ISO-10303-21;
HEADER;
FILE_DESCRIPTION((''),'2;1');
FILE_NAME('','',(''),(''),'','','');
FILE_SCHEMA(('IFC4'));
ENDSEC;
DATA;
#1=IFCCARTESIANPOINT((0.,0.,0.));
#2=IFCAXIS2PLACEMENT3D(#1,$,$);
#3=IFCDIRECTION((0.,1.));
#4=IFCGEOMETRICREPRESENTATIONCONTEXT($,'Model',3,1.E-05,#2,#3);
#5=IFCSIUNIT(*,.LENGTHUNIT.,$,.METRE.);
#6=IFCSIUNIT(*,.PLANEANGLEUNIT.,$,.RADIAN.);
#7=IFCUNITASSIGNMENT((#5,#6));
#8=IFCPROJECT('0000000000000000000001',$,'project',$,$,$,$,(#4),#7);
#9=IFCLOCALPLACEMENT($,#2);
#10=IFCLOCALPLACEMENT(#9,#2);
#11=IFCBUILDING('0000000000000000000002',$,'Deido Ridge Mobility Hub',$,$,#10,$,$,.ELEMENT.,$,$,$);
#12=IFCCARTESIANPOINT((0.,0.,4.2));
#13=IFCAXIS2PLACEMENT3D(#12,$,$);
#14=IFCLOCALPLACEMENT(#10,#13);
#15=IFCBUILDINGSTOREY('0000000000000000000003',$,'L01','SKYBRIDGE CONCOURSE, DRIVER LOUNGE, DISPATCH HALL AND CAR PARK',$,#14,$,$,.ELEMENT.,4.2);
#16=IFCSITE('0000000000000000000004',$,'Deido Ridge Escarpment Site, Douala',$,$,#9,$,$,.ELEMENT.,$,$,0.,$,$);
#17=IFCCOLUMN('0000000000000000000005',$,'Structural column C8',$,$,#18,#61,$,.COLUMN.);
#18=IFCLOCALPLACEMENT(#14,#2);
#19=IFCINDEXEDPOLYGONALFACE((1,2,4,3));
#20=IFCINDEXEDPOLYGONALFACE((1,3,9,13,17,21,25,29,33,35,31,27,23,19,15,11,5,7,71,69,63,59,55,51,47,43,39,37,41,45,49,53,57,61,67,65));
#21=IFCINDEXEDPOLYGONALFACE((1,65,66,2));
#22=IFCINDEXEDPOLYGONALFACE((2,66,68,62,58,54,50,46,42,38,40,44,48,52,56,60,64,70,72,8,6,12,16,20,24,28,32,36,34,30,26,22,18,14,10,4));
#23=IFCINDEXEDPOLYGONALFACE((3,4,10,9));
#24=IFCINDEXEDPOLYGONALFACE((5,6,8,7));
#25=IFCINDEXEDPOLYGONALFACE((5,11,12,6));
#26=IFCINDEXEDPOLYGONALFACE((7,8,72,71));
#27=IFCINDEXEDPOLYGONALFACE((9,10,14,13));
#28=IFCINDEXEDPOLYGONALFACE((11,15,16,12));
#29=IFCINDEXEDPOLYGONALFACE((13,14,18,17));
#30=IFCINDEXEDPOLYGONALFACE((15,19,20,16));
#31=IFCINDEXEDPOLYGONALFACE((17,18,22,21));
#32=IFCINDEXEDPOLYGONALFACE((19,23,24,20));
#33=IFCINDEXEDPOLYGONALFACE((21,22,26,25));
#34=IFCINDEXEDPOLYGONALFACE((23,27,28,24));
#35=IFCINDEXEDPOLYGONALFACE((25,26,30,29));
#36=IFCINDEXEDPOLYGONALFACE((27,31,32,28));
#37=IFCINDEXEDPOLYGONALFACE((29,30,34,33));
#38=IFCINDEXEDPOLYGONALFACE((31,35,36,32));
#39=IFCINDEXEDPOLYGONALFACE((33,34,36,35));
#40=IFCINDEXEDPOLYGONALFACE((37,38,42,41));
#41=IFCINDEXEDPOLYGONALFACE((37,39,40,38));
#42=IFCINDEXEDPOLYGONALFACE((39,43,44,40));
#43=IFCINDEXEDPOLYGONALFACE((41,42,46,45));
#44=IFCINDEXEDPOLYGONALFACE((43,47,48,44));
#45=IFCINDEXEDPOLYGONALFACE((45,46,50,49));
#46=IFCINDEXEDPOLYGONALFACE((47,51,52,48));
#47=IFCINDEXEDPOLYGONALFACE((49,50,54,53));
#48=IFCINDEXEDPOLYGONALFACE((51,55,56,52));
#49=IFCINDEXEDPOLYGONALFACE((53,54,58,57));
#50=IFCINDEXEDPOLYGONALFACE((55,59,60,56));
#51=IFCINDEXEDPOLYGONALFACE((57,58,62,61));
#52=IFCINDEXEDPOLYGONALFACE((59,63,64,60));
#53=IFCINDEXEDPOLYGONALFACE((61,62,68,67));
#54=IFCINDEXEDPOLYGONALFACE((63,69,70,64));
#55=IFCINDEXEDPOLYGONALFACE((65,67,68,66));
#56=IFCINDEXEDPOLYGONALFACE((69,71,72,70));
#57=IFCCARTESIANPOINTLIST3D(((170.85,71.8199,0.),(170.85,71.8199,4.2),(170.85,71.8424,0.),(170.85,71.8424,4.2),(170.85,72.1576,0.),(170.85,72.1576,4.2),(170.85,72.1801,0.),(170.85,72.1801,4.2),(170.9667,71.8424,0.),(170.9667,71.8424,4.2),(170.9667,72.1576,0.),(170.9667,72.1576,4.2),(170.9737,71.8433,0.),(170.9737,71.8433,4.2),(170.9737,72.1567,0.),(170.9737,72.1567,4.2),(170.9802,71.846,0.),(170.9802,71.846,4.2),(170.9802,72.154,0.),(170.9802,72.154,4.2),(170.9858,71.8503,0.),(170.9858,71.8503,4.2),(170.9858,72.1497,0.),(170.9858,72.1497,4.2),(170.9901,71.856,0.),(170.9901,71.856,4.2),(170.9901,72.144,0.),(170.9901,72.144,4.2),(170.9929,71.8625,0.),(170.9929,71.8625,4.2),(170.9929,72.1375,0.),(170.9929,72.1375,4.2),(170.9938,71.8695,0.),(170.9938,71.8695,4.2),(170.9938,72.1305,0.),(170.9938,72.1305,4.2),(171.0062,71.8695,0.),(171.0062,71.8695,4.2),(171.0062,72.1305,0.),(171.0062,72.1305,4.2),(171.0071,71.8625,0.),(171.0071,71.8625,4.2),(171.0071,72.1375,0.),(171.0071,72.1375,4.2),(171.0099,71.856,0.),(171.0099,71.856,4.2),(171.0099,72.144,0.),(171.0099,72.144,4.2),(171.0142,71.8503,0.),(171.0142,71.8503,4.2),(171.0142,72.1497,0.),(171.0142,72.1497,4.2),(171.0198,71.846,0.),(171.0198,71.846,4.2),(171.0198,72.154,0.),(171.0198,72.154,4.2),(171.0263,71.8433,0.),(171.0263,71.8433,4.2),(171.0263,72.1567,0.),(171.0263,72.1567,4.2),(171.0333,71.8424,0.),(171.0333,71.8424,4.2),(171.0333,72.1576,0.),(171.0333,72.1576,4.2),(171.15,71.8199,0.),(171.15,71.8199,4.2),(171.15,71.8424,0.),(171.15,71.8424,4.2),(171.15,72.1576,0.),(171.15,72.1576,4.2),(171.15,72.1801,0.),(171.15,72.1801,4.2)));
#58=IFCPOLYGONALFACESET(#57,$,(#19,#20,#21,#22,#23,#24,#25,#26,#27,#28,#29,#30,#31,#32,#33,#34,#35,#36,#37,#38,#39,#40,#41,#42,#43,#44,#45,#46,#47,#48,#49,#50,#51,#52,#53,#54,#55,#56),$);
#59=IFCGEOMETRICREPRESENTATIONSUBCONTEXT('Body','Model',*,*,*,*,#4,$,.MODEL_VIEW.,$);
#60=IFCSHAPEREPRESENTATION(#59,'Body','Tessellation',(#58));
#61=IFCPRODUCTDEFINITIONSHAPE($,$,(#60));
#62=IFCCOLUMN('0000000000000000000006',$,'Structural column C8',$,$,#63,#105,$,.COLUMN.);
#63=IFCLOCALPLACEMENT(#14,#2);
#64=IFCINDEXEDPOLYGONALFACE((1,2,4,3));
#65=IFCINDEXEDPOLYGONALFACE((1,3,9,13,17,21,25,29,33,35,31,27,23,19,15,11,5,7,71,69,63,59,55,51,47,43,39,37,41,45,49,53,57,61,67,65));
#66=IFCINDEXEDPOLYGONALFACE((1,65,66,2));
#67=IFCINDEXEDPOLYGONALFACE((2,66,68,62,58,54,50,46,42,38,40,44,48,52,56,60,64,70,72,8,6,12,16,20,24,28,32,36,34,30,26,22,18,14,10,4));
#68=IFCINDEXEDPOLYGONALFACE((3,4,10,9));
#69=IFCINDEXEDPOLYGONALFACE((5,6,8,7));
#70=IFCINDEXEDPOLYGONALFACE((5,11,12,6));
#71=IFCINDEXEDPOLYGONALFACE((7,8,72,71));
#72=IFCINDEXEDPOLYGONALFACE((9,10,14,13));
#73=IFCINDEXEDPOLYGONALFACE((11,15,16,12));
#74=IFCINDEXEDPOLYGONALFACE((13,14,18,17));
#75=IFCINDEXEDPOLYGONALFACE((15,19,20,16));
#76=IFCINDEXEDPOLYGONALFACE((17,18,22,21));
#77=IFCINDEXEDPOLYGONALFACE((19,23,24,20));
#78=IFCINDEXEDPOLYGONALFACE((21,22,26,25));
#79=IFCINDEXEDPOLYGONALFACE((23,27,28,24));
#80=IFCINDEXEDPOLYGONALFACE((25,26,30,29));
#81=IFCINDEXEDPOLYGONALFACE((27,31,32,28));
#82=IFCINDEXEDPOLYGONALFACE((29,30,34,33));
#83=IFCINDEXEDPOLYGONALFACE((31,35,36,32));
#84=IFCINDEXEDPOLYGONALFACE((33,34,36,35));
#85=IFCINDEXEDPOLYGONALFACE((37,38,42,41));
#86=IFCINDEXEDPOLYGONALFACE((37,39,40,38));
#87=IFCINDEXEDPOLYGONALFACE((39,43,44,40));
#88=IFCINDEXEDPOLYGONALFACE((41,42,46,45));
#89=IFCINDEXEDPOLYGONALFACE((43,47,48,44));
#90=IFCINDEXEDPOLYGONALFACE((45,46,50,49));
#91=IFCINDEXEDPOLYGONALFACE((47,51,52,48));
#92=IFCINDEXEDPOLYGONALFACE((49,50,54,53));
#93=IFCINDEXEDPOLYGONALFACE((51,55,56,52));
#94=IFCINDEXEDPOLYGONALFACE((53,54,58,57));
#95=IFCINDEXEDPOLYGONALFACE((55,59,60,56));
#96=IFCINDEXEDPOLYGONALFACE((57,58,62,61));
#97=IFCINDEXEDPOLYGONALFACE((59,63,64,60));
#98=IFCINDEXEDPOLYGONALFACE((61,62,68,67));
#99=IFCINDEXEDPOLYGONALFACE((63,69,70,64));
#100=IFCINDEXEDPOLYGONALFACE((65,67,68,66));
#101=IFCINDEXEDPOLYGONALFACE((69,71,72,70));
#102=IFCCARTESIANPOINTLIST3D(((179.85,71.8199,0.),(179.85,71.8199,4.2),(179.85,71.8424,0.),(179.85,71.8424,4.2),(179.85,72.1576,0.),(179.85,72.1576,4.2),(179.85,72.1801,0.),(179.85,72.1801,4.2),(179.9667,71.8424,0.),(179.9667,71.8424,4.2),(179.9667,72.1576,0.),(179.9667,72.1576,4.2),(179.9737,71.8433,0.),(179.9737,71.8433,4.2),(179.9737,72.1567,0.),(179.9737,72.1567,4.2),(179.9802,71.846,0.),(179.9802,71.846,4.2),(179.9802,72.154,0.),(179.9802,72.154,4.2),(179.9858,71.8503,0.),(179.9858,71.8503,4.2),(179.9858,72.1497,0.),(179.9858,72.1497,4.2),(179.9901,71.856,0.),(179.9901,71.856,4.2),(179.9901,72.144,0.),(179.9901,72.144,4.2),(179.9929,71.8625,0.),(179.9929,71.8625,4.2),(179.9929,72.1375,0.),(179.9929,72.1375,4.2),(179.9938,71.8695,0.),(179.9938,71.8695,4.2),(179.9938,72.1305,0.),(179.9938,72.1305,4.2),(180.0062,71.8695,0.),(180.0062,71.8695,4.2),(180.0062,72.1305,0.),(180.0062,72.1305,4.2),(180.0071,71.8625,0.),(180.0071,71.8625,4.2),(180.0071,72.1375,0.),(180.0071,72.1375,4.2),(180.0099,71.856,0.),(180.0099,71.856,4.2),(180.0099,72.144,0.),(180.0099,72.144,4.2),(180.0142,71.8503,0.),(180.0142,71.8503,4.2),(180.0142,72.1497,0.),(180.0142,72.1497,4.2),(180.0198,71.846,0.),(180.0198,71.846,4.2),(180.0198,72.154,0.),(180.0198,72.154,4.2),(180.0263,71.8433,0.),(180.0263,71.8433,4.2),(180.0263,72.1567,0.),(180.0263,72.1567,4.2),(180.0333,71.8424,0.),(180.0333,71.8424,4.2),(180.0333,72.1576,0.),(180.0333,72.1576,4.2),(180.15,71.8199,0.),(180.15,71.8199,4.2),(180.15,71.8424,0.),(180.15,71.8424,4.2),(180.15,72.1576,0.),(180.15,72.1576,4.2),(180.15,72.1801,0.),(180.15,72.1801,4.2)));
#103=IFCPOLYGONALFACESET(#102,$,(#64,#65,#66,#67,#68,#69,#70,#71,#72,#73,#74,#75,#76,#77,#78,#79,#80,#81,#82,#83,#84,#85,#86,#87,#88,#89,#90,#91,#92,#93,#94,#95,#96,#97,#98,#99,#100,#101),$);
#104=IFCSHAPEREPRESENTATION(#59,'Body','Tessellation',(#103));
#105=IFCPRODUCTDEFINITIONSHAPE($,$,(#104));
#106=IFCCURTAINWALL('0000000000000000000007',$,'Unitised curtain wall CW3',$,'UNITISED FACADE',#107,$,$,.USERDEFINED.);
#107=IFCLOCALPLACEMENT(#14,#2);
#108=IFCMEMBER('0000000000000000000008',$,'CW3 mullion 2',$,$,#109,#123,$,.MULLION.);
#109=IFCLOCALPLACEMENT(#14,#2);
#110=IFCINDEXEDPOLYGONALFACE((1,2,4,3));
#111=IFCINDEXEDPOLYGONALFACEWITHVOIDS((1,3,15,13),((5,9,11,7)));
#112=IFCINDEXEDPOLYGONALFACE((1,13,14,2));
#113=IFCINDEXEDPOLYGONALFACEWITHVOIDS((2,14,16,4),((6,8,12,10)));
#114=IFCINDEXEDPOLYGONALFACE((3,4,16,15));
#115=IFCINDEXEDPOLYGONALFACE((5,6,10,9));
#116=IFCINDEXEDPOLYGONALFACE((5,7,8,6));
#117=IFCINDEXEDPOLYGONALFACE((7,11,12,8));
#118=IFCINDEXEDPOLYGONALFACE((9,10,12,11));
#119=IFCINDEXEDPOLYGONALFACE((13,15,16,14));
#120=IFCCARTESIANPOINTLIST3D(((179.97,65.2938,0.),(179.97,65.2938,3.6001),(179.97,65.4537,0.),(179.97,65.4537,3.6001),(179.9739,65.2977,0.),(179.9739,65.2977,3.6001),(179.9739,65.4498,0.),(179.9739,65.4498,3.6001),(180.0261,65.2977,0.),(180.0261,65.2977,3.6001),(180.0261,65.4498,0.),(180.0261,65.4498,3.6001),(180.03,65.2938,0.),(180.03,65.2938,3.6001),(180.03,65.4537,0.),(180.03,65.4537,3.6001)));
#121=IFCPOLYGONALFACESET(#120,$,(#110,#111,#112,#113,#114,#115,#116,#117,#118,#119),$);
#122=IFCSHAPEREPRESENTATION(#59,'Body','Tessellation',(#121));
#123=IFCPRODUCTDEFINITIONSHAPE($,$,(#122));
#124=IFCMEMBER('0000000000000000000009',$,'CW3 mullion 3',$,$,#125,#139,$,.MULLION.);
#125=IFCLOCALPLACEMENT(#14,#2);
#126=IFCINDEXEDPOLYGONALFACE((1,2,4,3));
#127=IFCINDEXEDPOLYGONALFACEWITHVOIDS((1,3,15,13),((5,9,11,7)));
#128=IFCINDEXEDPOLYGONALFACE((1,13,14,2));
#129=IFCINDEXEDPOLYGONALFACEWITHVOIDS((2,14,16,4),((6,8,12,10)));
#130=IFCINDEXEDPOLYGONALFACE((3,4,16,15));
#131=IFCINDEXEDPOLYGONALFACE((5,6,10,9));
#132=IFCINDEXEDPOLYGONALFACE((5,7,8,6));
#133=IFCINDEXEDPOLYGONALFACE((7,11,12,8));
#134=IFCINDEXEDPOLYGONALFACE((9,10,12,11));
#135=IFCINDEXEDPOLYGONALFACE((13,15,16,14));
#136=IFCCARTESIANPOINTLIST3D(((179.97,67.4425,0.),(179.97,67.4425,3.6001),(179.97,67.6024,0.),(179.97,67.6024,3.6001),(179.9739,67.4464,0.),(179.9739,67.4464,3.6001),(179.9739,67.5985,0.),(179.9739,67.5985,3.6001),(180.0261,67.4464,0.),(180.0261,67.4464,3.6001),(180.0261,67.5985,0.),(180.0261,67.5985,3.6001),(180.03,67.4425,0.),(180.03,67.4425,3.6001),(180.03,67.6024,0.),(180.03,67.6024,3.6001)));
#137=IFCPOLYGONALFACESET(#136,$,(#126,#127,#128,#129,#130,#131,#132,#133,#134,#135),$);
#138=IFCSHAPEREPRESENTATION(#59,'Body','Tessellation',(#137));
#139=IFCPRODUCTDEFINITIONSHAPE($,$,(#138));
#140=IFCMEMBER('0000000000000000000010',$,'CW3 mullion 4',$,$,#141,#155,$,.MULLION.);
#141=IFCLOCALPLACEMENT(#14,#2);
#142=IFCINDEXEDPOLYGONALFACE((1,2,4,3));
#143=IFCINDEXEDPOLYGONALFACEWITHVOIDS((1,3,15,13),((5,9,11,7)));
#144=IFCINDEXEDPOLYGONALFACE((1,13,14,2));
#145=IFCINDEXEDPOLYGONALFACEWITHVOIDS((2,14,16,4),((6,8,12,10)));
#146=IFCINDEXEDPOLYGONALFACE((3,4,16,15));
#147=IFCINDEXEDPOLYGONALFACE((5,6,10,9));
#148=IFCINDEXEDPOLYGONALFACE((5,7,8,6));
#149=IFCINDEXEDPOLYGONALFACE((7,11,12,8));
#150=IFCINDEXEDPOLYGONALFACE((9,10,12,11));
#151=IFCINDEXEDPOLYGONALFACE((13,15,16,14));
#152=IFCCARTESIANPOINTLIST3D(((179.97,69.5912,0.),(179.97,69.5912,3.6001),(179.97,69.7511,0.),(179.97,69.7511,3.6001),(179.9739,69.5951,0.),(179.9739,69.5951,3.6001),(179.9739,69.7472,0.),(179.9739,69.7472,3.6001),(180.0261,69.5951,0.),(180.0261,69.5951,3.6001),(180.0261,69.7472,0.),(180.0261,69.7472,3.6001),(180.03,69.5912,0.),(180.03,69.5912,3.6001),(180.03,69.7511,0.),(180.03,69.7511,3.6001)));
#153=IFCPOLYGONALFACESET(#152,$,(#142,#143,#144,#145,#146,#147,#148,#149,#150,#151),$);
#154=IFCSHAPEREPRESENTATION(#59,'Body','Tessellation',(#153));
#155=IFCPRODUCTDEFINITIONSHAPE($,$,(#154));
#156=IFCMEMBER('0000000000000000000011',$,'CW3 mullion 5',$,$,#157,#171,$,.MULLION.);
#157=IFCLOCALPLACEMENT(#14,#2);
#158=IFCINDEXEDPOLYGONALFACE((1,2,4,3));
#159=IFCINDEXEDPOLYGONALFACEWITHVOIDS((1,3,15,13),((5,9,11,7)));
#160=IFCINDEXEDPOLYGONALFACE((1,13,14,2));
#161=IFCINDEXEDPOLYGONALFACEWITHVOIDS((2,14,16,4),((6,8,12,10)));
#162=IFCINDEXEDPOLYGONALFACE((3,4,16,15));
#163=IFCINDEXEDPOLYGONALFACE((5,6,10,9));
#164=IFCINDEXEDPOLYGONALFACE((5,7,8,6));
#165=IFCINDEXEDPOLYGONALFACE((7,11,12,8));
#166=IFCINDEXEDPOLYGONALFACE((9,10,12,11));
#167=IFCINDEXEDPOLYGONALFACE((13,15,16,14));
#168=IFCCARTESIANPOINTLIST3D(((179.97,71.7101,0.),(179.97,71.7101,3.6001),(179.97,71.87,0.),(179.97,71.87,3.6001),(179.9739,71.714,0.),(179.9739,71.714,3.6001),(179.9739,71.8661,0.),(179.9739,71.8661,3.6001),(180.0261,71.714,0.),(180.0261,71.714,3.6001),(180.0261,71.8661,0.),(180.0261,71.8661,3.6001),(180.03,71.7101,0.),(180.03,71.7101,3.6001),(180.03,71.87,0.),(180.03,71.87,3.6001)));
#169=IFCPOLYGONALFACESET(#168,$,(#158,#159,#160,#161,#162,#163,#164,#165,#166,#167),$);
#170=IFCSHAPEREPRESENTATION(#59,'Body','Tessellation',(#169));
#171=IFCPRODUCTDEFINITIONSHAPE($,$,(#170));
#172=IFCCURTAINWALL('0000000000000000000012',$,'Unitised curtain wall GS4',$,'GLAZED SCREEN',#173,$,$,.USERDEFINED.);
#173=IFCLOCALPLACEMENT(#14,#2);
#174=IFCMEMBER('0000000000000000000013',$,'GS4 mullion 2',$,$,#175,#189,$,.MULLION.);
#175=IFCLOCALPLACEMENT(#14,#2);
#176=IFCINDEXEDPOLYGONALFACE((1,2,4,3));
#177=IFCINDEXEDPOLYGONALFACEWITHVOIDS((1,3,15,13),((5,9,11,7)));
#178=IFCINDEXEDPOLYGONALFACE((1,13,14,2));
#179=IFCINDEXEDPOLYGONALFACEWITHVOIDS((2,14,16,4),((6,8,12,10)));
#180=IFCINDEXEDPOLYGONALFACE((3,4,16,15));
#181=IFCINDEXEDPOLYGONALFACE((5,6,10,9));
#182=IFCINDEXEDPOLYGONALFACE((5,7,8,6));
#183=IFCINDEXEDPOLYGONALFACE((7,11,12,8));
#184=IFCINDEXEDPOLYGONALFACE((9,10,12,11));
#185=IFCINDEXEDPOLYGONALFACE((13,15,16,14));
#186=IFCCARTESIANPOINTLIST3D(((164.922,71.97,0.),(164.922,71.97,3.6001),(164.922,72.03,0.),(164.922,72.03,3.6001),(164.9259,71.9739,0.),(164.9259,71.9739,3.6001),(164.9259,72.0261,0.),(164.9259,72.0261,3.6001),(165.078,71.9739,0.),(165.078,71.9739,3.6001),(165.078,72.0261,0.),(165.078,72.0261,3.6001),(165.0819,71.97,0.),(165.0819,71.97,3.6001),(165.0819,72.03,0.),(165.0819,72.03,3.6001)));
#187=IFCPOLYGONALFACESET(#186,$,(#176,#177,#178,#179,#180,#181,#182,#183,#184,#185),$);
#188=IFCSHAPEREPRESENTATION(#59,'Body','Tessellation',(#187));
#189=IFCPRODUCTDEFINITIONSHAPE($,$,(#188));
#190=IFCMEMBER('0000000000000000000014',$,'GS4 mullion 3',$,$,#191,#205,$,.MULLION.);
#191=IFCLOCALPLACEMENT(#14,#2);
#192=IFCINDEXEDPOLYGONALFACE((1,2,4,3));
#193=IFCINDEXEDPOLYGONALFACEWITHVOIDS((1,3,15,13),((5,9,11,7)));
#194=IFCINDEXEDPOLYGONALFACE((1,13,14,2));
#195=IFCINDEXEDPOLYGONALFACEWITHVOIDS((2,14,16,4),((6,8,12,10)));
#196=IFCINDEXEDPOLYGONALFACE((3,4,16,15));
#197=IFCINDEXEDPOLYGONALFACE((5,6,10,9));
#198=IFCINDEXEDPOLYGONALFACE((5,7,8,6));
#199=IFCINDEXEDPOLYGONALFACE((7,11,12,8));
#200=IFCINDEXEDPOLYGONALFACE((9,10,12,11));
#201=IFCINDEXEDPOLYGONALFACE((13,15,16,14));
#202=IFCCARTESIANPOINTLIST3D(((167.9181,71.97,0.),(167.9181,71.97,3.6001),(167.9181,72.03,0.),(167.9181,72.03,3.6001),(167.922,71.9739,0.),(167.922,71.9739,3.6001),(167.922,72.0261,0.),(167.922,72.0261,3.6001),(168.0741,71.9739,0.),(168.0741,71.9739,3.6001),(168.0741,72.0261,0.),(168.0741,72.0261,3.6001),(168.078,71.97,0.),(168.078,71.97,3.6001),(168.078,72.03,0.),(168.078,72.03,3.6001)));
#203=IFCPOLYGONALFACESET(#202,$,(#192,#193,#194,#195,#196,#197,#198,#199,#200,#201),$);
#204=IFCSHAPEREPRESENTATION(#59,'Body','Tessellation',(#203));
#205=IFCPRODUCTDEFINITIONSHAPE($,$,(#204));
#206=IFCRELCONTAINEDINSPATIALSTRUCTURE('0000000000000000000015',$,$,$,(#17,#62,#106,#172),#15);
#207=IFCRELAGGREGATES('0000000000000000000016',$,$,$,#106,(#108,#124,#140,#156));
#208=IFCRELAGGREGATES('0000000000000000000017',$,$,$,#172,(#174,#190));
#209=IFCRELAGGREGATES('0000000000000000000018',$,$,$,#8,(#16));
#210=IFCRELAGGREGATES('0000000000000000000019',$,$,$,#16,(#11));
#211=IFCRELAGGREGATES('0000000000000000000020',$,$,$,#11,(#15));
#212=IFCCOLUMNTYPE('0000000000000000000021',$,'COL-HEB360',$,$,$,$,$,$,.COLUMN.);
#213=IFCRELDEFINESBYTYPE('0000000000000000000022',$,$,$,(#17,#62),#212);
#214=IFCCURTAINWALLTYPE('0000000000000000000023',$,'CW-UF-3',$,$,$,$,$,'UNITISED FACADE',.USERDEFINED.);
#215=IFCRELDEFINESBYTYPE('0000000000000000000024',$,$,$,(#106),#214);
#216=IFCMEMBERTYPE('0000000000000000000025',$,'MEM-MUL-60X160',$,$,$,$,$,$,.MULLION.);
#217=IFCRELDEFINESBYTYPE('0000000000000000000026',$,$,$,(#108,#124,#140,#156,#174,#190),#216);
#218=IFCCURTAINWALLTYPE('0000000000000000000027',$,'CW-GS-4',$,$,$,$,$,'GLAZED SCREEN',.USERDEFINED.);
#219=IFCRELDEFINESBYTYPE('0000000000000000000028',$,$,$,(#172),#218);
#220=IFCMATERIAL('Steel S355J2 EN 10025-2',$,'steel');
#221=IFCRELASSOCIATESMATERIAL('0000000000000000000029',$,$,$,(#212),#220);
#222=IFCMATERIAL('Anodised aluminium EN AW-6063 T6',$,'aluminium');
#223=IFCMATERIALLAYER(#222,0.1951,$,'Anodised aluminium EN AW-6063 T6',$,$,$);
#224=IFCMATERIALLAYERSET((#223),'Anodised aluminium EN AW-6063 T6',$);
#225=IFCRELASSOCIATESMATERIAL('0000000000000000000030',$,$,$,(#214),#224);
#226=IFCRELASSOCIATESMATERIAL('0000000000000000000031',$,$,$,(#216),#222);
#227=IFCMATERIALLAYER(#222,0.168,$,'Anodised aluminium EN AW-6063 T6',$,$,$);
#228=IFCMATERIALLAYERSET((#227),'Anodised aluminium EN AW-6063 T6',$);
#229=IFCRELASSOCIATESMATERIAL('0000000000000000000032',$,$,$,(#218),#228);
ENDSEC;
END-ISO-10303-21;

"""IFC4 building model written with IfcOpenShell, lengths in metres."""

from ifc_helpers import new_model, si_unit, direction, frame, origin, origin_2d, place, context, subcontext, project, spatial, hollow_rectangle, i_section, extrude, material, layer, layer_set, material_profile, profile_set, type_object, element, aggregate, save


model = new_model("IFC4")

# Units and contexts
model_context = context("Model", 3, precision=1e-05, world=origin(), true_north=direction((0.0, 1.0)))
body_context = subcontext(model_context, "Body", "Model", "MODEL_VIEW")
ifc_project = project(units=[si_unit("LENGTHUNIT", "METRE"), si_unit("PLANEANGLEUNIT", "RADIAN")], contexts=[model_context])

# Site, building, storey
site_placement = place(None, origin())
site = spatial("IfcSite", under=ifc_project, at=site_placement, Name="Deido Ridge Escarpment Site, Douala", CompositionType="ELEMENT", RefElevation=0.0)
building_placement = place(site_placement, origin())
building = spatial("IfcBuilding", under=site, at=building_placement, Name="Deido Ridge Mobility Hub", CompositionType="ELEMENT")
storey_placement = place(building_placement, frame((0.0, 0.0, 4.2)))
storey = spatial("IfcBuildingStorey", under=building, at=storey_placement, Name="L01", Description="SKYBRIDGE CONCOURSE, DRIVER LOUNGE, DISPATCH HALL AND CAR PARK", CompositionType="ELEMENT", Elevation=4.2)

# Columns
ifc_material_1 = material(Name="Steel S355J2 EN 10025-2", Category="steel")
ifc_material_profile_1 = material_profile(ifc_material_1, i_section(OverallWidth=0.3, OverallDepth=0.3601, WebThickness=0.0125, FlangeThickness=0.0225, FilletRadius=0.0271, at=origin_2d()), Name="HEB 360")
ifc_profile_set_1 = profile_set([ifc_material_profile_1], Name="Steel S355J2 EN 10025-2")
column_type = type_object("IfcColumnType", Name="COL-HEB360", PredefinedType="COLUMN", material=ifc_profile_set_1)
for number, where, z_axis, x_axis, name in (
    (1, (171.0, 72.0, 0.0), (0.0, 0.0, 1.0), (1.0, 0.0, 0.0), "Structural column C8"),
    (2, (180.0, 72.0, 0.0), (0.0, 0.0, 1.0), (1.0, 0.0, 0.0), "Structural column C8"),
):
    element("IfcColumn", number, at=place(storey_placement, frame(where, z_axis=z_axis, x_axis=x_axis)), inside=storey, type_object=column_type, Name=name, PredefinedType="COLUMN", context=body_context, shape_type="SweptSolid", body=[
        extrude(i_section(OverallWidth=0.3, OverallDepth=0.3601, WebThickness=0.0125, FlangeThickness=0.0225, FilletRadius=0.0271, at=origin_2d()), origin(), (0.0, 0.0, 1.0), 4.2),
    ])

# Curtain walls, members
ifc_material_2 = material(Name="Anodised aluminium EN AW-6063 T6", Category="aluminium")
ifc_layer_1 = layer(ifc_material_2, 0.1951, Name="Anodised aluminium EN AW-6063 T6")
ifc_layer_set_1 = layer_set([ifc_layer_1], Name="Anodised aluminium EN AW-6063 T6")
curtain_wall_type_1 = type_object("IfcCurtainWallType", Name="CW-UF-3", ElementType="UNITISED FACADE", PredefinedType="USERDEFINED", material=ifc_layer_set_1)
curtain_wall_1_placement = place(storey_placement, origin())
curtain_wall_1 = element("IfcCurtainWall", 3, at=curtain_wall_1_placement, inside=storey, type_object=curtain_wall_type_1, Name="Unitised curtain wall CW3", ObjectType="UNITISED FACADE", PredefinedType="USERDEFINED")
ifc_material_profile_2 = material_profile(ifc_material_2, hollow_rectangle(XDim=0.0601, YDim=0.1599, WallThickness=0.0039, at=origin_2d()), Name="RHS 60x160x4")
ifc_profile_set_2 = profile_set([ifc_material_profile_2], Name="Anodised aluminium EN AW-6063 T6")
member_type_1 = type_object("IfcMemberType", Name="MEM-MUL-60X160", PredefinedType="MULLION", material=ifc_profile_set_2)
member_1_placement = place(storey_placement, frame((180.0, 65.3738, 0.0), z_axis=(0.0, 0.0, 1.0), x_axis=(-1.0, 0.0, 0.0)))
member_1 = element("IfcMember", 4, at=member_1_placement, type_object=member_type_1, Name="CW3 mullion 2", PredefinedType="MULLION", context=body_context, shape_type="SweptSolid", body=[
    extrude(hollow_rectangle(XDim=0.0601, YDim=0.1599, WallThickness=0.0039, at=origin_2d()), origin(), (0.0, 0.0, 1.0), 3.6001),
])
member_2_placement = place(storey_placement, frame((180.0, 67.5225, 0.0), z_axis=(0.0, 0.0, 1.0), x_axis=(-1.0, 0.0, 0.0)))
member_2 = element("IfcMember", 5, at=member_2_placement, type_object=member_type_1, Name="CW3 mullion 3", PredefinedType="MULLION", context=body_context, shape_type="SweptSolid", body=[
    extrude(hollow_rectangle(XDim=0.0601, YDim=0.1599, WallThickness=0.0039, at=origin_2d()), origin(), (0.0, 0.0, 1.0), 3.6001),
])
member_3_placement = place(storey_placement, frame((180.0, 69.6711, 0.0), z_axis=(0.0, 0.0, 1.0), x_axis=(-1.0, 0.0, 0.0)))
member_3 = element("IfcMember", 6, at=member_3_placement, type_object=member_type_1, Name="CW3 mullion 4", PredefinedType="MULLION", context=body_context, shape_type="SweptSolid", body=[
    extrude(hollow_rectangle(XDim=0.0601, YDim=0.1599, WallThickness=0.0039, at=origin_2d()), origin(), (0.0, 0.0, 1.0), 3.6001),
])
member_4_placement = place(storey_placement, frame((180.0, 71.79, 0.0), z_axis=(0.0, 0.0, 1.0), x_axis=(-1.0, 0.0, 0.0)))
member_4 = element("IfcMember", 7, at=member_4_placement, type_object=member_type_1, Name="CW3 mullion 5", PredefinedType="MULLION", context=body_context, shape_type="SweptSolid", body=[
    extrude(hollow_rectangle(XDim=0.0601, YDim=0.1599, WallThickness=0.0039, at=origin_2d()), origin(), (0.0, 0.0, 1.0), 3.6001),
])
ifc_layer_2 = layer(ifc_material_2, 0.168, Name="Anodised aluminium EN AW-6063 T6")
ifc_layer_set_2 = layer_set([ifc_layer_2], Name="Anodised aluminium EN AW-6063 T6")
curtain_wall_type_2 = type_object("IfcCurtainWallType", Name="CW-GS-4", ElementType="GLAZED SCREEN", PredefinedType="USERDEFINED", material=ifc_layer_set_2)
curtain_wall_2_placement = place(storey_placement, origin())
curtain_wall_2 = element("IfcCurtainWall", 8, at=curtain_wall_2_placement, inside=storey, type_object=curtain_wall_type_2, Name="Unitised curtain wall GS4", ObjectType="GLAZED SCREEN", PredefinedType="USERDEFINED")
member_5_placement = place(storey_placement, frame((165.002, 72.0, 0.0), z_axis=(0.0, 0.0, 1.0), x_axis=(0.0, 1.0, 0.0)))
member_5 = element("IfcMember", 9, at=member_5_placement, type_object=member_type_1, Name="GS4 mullion 2", PredefinedType="MULLION", context=body_context, shape_type="SweptSolid", body=[
    extrude(hollow_rectangle(XDim=0.0601, YDim=0.1599, WallThickness=0.0039, at=origin_2d()), origin(), (0.0, 0.0, 1.0), 3.6001),
])
member_6_placement = place(storey_placement, frame((167.998, 72.0, 0.0), z_axis=(0.0, 0.0, 1.0), x_axis=(0.0, 1.0, 0.0)))
member_6 = element("IfcMember", 10, at=member_6_placement, type_object=member_type_1, Name="GS4 mullion 3", PredefinedType="MULLION", context=body_context, shape_type="SweptSolid", body=[
    extrude(hollow_rectangle(XDim=0.0601, YDim=0.1599, WallThickness=0.0039, at=origin_2d()), origin(), (0.0, 0.0, 1.0), 3.6001),
])

aggregate(curtain_wall_1, [member_1, member_2, member_3, member_4])
aggregate(curtain_wall_2, [member_5, member_6])

save(model, "model.ifc")
